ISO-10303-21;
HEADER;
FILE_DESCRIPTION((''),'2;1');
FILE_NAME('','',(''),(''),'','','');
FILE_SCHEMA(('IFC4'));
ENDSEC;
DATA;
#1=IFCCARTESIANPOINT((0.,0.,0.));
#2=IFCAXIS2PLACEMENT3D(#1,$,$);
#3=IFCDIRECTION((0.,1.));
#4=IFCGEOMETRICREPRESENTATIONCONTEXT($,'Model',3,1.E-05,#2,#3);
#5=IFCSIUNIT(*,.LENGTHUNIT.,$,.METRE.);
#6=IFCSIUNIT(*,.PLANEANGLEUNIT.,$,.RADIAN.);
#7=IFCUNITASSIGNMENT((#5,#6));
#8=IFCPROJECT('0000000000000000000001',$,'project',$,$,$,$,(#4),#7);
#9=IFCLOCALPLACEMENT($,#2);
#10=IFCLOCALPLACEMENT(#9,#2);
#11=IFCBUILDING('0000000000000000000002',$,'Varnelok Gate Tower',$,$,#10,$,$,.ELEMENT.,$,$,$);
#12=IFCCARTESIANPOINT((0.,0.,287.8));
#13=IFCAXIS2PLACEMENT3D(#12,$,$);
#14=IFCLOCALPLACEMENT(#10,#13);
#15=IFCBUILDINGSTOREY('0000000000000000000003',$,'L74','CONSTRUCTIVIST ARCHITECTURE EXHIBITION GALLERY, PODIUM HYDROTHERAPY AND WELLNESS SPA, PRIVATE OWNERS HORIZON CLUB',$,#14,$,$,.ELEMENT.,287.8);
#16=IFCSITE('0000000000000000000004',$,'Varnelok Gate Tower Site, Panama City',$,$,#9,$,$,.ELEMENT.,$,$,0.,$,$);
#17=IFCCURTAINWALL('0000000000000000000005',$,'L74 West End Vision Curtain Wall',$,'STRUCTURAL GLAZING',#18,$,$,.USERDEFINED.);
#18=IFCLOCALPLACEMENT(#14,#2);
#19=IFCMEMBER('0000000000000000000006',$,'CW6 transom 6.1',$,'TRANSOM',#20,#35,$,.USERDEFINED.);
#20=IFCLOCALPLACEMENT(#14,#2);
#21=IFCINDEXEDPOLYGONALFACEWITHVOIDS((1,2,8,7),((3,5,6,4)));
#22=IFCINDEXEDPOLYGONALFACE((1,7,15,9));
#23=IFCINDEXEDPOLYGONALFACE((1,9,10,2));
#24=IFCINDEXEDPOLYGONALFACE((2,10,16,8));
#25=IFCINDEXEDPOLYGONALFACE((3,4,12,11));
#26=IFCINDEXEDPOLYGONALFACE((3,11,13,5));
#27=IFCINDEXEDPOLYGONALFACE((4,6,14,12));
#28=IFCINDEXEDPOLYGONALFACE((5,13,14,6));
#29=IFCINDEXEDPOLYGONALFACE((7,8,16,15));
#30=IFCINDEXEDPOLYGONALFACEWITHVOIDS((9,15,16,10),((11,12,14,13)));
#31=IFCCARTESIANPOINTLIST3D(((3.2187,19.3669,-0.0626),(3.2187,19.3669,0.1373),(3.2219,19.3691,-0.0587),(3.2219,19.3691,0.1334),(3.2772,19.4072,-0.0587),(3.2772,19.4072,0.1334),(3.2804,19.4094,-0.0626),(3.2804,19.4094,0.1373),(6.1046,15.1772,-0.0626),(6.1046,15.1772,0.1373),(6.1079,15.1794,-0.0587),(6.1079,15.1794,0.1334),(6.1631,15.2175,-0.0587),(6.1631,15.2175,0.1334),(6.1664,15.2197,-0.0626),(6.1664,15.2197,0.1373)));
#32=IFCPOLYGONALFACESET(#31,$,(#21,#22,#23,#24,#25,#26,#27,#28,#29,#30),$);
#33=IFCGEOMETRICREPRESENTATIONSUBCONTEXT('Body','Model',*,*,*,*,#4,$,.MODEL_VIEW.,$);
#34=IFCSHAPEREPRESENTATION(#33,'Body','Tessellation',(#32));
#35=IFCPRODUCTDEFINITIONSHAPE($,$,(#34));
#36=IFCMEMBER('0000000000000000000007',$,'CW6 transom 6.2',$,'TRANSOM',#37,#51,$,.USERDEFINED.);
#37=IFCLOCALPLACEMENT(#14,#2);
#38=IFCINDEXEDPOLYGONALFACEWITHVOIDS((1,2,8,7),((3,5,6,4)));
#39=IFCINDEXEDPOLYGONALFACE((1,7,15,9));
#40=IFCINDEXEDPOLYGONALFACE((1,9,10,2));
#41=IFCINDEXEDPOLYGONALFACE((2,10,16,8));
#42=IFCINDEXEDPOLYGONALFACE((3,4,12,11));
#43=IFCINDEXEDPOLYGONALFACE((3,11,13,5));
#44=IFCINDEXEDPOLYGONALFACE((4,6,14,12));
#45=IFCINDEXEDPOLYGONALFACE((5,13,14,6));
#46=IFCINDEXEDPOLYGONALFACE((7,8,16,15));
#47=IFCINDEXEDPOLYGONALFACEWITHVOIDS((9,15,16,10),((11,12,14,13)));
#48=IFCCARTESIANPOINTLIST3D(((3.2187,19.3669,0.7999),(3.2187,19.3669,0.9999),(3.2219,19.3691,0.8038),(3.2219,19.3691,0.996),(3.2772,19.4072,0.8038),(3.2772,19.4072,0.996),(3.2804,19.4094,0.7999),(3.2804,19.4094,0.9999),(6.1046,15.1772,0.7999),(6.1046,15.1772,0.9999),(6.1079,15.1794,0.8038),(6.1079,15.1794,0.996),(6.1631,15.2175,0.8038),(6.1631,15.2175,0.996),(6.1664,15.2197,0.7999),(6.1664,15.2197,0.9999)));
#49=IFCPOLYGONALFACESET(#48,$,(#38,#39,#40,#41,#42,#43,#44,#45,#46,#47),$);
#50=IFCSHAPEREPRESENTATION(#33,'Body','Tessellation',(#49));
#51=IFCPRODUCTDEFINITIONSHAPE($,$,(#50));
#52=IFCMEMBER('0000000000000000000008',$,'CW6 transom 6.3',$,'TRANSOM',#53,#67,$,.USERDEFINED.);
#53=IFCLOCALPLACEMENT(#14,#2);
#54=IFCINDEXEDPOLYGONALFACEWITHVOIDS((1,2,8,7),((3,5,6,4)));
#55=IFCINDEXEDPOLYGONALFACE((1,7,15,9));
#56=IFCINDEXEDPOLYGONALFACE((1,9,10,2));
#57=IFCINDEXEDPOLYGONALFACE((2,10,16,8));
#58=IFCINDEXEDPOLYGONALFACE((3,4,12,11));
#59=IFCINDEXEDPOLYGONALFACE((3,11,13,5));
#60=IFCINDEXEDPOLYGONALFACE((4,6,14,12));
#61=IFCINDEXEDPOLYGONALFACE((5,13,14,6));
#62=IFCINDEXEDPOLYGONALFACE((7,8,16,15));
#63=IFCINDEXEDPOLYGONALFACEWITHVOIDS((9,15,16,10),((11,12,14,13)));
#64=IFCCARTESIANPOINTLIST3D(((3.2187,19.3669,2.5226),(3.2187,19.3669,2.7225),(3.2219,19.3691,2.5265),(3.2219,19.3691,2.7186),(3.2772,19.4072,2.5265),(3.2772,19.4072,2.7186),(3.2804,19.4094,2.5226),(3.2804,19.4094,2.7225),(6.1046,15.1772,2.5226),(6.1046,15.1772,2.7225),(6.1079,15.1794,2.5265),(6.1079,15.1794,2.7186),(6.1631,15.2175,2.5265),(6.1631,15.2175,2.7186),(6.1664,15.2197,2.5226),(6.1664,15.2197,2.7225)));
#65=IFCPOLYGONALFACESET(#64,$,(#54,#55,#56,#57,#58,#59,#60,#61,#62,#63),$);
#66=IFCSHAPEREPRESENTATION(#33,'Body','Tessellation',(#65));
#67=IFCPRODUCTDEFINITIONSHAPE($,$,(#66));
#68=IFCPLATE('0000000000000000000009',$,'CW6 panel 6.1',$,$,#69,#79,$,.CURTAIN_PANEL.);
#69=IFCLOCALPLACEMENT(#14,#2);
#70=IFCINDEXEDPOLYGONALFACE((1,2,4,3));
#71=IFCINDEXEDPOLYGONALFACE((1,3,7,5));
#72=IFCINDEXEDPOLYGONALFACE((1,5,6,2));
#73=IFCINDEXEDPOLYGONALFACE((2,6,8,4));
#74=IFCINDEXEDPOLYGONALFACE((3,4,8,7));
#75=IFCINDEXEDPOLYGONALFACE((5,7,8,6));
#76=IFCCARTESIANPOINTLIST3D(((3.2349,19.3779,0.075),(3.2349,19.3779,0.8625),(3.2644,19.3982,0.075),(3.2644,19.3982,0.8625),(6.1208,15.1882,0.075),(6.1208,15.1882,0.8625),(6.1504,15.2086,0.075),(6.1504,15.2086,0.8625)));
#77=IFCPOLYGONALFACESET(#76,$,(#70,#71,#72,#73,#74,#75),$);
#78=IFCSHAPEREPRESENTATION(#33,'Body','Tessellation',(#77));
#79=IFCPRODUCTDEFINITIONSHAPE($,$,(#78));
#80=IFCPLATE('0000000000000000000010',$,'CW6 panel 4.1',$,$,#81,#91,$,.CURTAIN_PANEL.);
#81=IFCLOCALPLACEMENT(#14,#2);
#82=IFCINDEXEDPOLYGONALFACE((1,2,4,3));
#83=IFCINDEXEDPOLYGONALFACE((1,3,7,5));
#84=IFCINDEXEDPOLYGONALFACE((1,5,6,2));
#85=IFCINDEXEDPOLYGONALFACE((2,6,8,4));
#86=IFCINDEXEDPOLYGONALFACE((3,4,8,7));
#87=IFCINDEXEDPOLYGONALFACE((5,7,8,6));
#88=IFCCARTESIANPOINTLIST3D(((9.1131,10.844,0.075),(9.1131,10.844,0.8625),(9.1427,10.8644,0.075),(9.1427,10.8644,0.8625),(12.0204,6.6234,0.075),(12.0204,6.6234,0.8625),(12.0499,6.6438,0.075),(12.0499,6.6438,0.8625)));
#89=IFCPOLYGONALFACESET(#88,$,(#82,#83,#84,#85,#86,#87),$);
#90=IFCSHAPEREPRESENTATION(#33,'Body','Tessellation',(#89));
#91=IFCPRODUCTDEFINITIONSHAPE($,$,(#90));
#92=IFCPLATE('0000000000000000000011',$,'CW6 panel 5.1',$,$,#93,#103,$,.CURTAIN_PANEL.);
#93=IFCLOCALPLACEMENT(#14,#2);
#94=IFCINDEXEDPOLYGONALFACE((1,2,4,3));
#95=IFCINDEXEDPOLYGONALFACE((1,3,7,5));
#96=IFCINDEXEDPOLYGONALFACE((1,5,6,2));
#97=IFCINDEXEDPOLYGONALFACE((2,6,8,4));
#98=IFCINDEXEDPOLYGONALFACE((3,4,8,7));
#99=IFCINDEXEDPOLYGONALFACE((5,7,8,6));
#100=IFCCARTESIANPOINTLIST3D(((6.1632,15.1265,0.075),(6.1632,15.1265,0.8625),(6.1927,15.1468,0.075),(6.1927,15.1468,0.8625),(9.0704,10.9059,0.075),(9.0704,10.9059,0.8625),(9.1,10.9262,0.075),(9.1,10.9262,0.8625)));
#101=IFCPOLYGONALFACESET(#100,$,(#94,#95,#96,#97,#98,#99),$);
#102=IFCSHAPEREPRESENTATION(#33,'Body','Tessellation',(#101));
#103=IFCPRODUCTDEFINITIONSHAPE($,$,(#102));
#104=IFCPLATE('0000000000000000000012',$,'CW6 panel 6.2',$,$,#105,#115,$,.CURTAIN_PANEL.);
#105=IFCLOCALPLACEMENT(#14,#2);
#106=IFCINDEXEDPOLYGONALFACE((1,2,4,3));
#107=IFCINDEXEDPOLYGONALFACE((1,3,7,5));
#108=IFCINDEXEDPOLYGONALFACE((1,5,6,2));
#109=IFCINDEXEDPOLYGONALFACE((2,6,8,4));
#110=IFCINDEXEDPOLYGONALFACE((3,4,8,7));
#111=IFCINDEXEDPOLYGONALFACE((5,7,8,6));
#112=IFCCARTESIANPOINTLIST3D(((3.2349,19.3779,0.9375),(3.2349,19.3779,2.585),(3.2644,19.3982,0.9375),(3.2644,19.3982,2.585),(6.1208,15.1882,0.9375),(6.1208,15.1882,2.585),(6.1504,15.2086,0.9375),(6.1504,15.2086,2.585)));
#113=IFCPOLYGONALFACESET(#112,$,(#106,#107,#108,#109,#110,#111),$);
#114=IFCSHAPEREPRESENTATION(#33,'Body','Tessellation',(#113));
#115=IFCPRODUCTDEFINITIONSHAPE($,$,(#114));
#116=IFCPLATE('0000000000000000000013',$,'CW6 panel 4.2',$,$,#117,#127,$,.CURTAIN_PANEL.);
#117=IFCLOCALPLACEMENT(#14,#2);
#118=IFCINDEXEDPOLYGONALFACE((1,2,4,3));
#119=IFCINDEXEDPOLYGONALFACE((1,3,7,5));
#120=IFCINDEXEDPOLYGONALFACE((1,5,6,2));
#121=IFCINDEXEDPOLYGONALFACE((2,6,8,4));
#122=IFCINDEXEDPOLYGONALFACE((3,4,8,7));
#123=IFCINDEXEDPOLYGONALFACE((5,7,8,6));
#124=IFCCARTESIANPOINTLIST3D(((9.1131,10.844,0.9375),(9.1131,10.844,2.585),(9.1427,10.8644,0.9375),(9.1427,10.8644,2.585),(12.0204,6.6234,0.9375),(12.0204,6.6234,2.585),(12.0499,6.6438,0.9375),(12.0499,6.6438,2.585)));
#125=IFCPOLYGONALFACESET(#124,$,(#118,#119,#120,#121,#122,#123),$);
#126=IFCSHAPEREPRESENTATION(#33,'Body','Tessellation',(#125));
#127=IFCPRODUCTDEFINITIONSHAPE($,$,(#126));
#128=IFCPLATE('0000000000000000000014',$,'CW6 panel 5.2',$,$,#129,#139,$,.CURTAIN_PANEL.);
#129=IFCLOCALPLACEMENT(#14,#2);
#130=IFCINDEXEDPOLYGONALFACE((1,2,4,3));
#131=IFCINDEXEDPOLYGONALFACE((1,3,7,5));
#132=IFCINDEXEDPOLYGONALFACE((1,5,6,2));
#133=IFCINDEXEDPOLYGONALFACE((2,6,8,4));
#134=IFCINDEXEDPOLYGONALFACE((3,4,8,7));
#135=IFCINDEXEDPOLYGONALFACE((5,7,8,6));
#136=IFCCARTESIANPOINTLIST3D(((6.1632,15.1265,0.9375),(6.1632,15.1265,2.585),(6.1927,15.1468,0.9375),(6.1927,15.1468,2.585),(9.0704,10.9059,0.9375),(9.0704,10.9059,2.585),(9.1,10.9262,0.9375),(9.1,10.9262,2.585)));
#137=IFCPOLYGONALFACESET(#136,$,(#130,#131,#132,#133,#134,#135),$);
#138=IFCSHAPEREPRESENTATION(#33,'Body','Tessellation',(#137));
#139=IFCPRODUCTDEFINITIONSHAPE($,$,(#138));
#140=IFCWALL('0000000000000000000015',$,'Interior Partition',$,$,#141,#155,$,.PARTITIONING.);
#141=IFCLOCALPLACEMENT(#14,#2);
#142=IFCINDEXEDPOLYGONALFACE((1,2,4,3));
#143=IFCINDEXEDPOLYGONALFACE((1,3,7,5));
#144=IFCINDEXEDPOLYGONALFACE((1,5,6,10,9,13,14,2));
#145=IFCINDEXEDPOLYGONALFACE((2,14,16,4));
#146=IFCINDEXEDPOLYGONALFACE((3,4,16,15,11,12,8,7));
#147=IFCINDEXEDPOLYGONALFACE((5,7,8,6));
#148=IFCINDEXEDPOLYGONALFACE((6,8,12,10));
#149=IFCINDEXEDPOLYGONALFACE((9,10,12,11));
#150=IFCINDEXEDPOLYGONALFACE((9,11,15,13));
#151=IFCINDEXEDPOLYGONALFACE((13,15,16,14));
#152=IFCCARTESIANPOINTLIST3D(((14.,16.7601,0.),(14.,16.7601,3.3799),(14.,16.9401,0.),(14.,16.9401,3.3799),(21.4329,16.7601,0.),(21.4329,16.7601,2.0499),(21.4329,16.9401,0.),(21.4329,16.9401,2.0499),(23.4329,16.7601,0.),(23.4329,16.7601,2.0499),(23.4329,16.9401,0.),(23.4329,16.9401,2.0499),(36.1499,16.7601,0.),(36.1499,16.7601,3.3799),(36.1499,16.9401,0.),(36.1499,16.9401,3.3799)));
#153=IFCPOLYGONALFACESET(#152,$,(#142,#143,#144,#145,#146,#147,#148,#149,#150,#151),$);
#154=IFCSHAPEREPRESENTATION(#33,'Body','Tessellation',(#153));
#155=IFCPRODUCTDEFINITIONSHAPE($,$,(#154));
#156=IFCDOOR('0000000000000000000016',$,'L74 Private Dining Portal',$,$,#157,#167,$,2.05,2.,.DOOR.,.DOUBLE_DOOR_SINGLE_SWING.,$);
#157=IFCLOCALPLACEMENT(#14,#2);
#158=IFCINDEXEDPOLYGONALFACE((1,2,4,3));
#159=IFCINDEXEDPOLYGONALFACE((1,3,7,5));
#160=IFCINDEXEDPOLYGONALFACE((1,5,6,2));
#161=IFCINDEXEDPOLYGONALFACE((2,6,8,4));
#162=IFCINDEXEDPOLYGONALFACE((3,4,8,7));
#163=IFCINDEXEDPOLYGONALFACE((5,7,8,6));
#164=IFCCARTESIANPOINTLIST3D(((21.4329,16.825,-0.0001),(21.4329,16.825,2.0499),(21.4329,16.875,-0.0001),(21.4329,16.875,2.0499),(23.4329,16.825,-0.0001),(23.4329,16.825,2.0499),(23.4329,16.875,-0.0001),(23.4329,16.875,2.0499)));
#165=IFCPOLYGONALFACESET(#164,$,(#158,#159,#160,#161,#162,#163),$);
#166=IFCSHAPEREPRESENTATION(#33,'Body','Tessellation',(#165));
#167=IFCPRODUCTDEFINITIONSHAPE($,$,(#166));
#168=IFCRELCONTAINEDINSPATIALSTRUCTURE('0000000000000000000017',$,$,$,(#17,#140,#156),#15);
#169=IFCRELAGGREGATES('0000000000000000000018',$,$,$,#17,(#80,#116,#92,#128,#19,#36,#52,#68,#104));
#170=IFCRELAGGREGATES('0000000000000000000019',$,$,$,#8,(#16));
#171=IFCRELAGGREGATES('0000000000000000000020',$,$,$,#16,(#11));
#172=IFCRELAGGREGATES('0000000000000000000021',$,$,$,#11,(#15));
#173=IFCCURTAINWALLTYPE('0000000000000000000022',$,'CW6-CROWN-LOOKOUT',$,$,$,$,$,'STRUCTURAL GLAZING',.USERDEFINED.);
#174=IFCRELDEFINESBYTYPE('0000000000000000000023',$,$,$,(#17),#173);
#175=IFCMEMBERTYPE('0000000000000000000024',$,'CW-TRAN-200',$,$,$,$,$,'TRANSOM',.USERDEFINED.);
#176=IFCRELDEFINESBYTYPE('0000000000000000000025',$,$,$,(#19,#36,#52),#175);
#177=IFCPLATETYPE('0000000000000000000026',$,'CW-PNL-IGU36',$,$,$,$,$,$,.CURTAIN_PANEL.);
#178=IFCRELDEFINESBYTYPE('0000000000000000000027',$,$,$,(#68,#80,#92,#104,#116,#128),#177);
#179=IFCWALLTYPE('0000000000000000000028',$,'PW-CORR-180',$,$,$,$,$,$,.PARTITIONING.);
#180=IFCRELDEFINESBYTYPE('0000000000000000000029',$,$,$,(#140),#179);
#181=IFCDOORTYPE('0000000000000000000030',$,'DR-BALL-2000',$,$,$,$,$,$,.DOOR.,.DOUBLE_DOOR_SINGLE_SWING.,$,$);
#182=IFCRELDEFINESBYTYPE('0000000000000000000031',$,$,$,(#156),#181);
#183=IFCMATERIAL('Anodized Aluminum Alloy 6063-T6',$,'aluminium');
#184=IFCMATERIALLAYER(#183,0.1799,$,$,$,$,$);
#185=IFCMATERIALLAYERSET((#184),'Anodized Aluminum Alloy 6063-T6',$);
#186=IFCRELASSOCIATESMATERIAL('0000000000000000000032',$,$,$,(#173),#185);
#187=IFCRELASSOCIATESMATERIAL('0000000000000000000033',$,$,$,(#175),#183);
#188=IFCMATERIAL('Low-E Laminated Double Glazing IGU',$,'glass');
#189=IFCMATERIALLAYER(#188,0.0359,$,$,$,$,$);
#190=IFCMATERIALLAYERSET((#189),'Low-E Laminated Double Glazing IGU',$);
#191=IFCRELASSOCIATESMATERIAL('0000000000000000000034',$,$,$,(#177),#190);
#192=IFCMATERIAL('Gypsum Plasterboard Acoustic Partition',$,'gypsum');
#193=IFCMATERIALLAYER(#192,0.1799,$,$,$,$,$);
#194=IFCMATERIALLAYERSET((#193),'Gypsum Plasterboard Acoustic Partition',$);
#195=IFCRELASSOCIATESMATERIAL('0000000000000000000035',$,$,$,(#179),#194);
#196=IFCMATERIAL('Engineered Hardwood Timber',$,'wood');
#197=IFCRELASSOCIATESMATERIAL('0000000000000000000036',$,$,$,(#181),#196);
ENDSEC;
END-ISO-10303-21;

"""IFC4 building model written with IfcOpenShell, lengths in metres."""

from ifc_helpers import new_model, si_unit, direction, frame, frame_2d, origin, origin_2d, place, context, subcontext, project, spatial, rectangle, hollow_rectangle, extrude, source, transform, mapped, material, layer, layer_set, material_profile, profile_set, type_object, element, fill, aggregate, save


model = new_model("IFC4")

# Units and contexts
model_context = context("Model", 3, precision=1e-05, world=origin(), true_north=direction((0.0, 1.0)))
body_context = subcontext(model_context, "Body", "Model", "MODEL_VIEW")
ifc_project = project(units=[si_unit("LENGTHUNIT", "METRE"), si_unit("PLANEANGLEUNIT", "RADIAN")], contexts=[model_context])

# Site, building, storey
site_placement = place(None, origin())
site = spatial("IfcSite", under=ifc_project, at=site_placement, Name="Varnelok Gate Tower Site, Panama City", CompositionType="ELEMENT", RefElevation=0.0)
building_placement = place(site_placement, origin())
building = spatial("IfcBuilding", under=site, at=building_placement, Name="Varnelok Gate Tower", CompositionType="ELEMENT")
storey_placement = place(building_placement, frame((0.0, 0.0, 287.8)))
storey = spatial("IfcBuildingStorey", under=building, at=storey_placement, Name="L74", Description="CONSTRUCTIVIST ARCHITECTURE EXHIBITION GALLERY, PODIUM HYDROTHERAPY AND WELLNESS SPA, PRIVATE OWNERS HORIZON CLUB", CompositionType="ELEMENT", Elevation=287.8)

# Curtain wall, members, plates
ifc_material_1 = material(Name="Anodized Aluminum Alloy 6063-T6", Category="aluminium")
ifc_layer_1 = layer(ifc_material_1, 0.1799)
ifc_layer_set_1 = layer_set([ifc_layer_1], Name="Anodized Aluminum Alloy 6063-T6")
curtain_wall_type = type_object("IfcCurtainWallType", Name="CW6-CROWN-LOOKOUT", ElementType="STRUCTURAL GLAZING", PredefinedType="USERDEFINED", material=ifc_layer_set_1)
curtain_wall_placement = place(storey_placement, origin())
curtain_wall = element("IfcCurtainWall", 1, at=curtain_wall_placement, inside=storey, type_object=curtain_wall_type, Name="L74 West End Vision Curtain Wall", ObjectType="STRUCTURAL GLAZING", PredefinedType="USERDEFINED")
ifc_material_profile_1 = material_profile(ifc_material_1, hollow_rectangle(XDim=0.075, YDim=0.2, WallThickness=0.0039, at=origin_2d()), Name="ALU200X75X4")
ifc_profile_set_1 = profile_set([ifc_material_profile_1], Name="Anodized Aluminum Alloy 6063-T6")
member_type_1 = type_object("IfcMemberType", Name="CW-TRAN-200", ElementType="TRANSOM", PredefinedType="USERDEFINED", material=ifc_profile_set_1)
member_1_placement = place(storey_placement, frame((6.1355, 15.1985, 0.0374), z_axis=(-0.567272, 0.823531, 0.0), x_axis=(-0.823531, -0.567272, 0.0)))
member_1 = element("IfcMember", 2, at=member_1_placement, type_object=member_type_1, Name="CW6 transom 6.1", ObjectType="TRANSOM", PredefinedType="USERDEFINED", context=body_context, shape_type="SweptSolid", body=[
    extrude(hollow_rectangle(XDim=0.075, YDim=0.2, WallThickness=0.0039, at=origin_2d()), origin(), (0.0, 0.0, 1.0), 5.0874),
])
member_2_placement = place(storey_placement, frame((6.1355, 15.1985, 0.8999), z_axis=(-0.567272, 0.823531, 0.0), x_axis=(-0.823531, -0.567272, 0.0)))
member_2 = element("IfcMember", 3, at=member_2_placement, type_object=member_type_1, Name="CW6 transom 6.2", ObjectType="TRANSOM", PredefinedType="USERDEFINED", context=body_context, shape_type="SweptSolid", body=[
    extrude(hollow_rectangle(XDim=0.075, YDim=0.2, WallThickness=0.0039, at=origin_2d()), origin(), (0.0, 0.0, 1.0), 5.0874),
])
member_3_placement = place(storey_placement, frame((6.1355, 15.1985, 2.6226), z_axis=(-0.567272, 0.823531, 0.0), x_axis=(-0.823531, -0.567272, 0.0)))
member_3 = element("IfcMember", 4, at=member_3_placement, type_object=member_type_1, Name="CW6 transom 6.3", ObjectType="TRANSOM", PredefinedType="USERDEFINED", context=body_context, shape_type="SweptSolid", body=[
    extrude(hollow_rectangle(XDim=0.075, YDim=0.2, WallThickness=0.0039, at=origin_2d()), origin(), (0.0, 0.0, 1.0), 5.0874),
])
ifc_material_2 = material(Name="Low-E Laminated Double Glazing IGU", Category="glass")
ifc_layer_2 = layer(ifc_material_2, 0.0359)
ifc_layer_set_2 = layer_set([ifc_layer_2], Name="Low-E Laminated Double Glazing IGU")
plate_type = type_object("IfcPlateType", Name="CW-PNL-IGU36", PredefinedType="CURTAIN_PANEL", material=ifc_layer_set_2)
shared_shape_1 = source(origin(), body_context, "Body", "SweptSolid", [
    extrude(rectangle(XDim=5.0874, YDim=0.0359, at=origin_2d()), origin(), (0.0, 0.0, 1.0), 0.7876),
])
plate_1_placement = place(storey_placement, frame((4.6926, 17.2932, 0.075), z_axis=(0.0, 0.0, 1.0), x_axis=(-0.567269, 0.823532, 0.0)))
plate_1 = element("IfcPlate", 5, at=plate_1_placement, type_object=plate_type, Name="CW6 panel 6.1", PredefinedType="CURTAIN_PANEL", context=body_context, shape_type="MappedRepresentation", body=[
    mapped(shared_shape_1, transform((0.0, 0.0, 0.0), scale=1.0)),
])
shared_shape_2 = source(origin(), body_context, "Body", "SweptSolid", [
    extrude(rectangle(XDim=5.125, YDim=0.0359, at=origin_2d()), origin(), (0.0, 0.0, 1.0), 0.7876),
])
plate_2_placement = place(storey_placement, frame((10.5815, 8.7439, 0.075), z_axis=(0.0, 0.0, 1.0), x_axis=(-0.567269, 0.823532, 0.0)))
plate_2 = element("IfcPlate", 6, at=plate_2_placement, type_object=plate_type, Name="CW6 panel 4.1", PredefinedType="CURTAIN_PANEL", context=body_context, shape_type="MappedRepresentation", body=[
    mapped(shared_shape_2, transform((0.0, 0.0, 0.0), scale=1.0)),
])
plate_3_placement = place(storey_placement, frame((7.6316, 13.0264, 0.075), z_axis=(0.0, 0.0, 1.0), x_axis=(-0.567269, 0.823532, 0.0)))
plate_3 = element("IfcPlate", 7, at=plate_3_placement, type_object=plate_type, Name="CW6 panel 5.1", PredefinedType="CURTAIN_PANEL", context=body_context, shape_type="MappedRepresentation", body=[
    mapped(shared_shape_2, transform((0.0, 0.0, 0.0), scale=1.0)),
])
shared_shape_3 = source(origin(), body_context, "Body", "SweptSolid", [
    extrude(rectangle(XDim=5.0874, YDim=0.0359, at=origin_2d()), origin(), (0.0, 0.0, 1.0), 1.6475),
])
plate_4_placement = place(storey_placement, frame((4.6926, 17.2932, 0.9375), z_axis=(0.0, 0.0, 1.0), x_axis=(-0.567269, 0.823532, 0.0)))
plate_4 = element("IfcPlate", 8, at=plate_4_placement, type_object=plate_type, Name="CW6 panel 6.2", PredefinedType="CURTAIN_PANEL", context=body_context, shape_type="MappedRepresentation", body=[
    mapped(shared_shape_3, transform((0.0, 0.0, 0.0), scale=1.0)),
])
shared_shape_4 = source(origin(), body_context, "Body", "SweptSolid", [
    extrude(rectangle(XDim=5.125, YDim=0.0359, at=origin_2d()), origin(), (0.0, 0.0, 1.0), 1.6475),
])
plate_5_placement = place(storey_placement, frame((10.5815, 8.7439, 0.9375), z_axis=(0.0, 0.0, 1.0), x_axis=(-0.567269, 0.823532, 0.0)))
plate_5 = element("IfcPlate", 9, at=plate_5_placement, type_object=plate_type, Name="CW6 panel 4.2", PredefinedType="CURTAIN_PANEL", context=body_context, shape_type="MappedRepresentation", body=[
    mapped(shared_shape_4, transform((0.0, 0.0, 0.0), scale=1.0)),
])
plate_6_placement = place(storey_placement, frame((7.6316, 13.0264, 0.9375), z_axis=(0.0, 0.0, 1.0), x_axis=(-0.567269, 0.823532, 0.0)))
plate_6 = element("IfcPlate", 10, at=plate_6_placement, type_object=plate_type, Name="CW6 panel 5.2", PredefinedType="CURTAIN_PANEL", context=body_context, shape_type="MappedRepresentation", body=[
    mapped(shared_shape_4, transform((0.0, 0.0, 0.0), scale=1.0)),
])
aggregate(curtain_wall, [plate_2, plate_5, plate_3, plate_6, member_1, member_2, member_3, plate_1, plate_4])

# Wall, opening, door
ifc_material_3 = material(Name="Gypsum Plasterboard Acoustic Partition", Category="gypsum")
ifc_layer_3 = layer(ifc_material_3, 0.1799)
ifc_layer_set_3 = layer_set([ifc_layer_3], Name="Gypsum Plasterboard Acoustic Partition")
wall_type = type_object("IfcWallType", Name="PW-CORR-180", PredefinedType="PARTITIONING", material=ifc_layer_set_3)
wall_placement = place(storey_placement, frame((14.0, 16.8501, 0.0), z_axis=(0.0, 0.0, 1.0), x_axis=(1.0, 0.0, 0.0)))
wall = element("IfcWall", 11, at=wall_placement, inside=storey, type_object=wall_type, Name="Interior Partition", PredefinedType="PARTITIONING", context=body_context, shape_type="SweptSolid", body=[
    extrude(rectangle(XDim=22.1499, YDim=0.1799, at=frame_2d((11.075, 0.0))), origin(), (0.0, 0.0, 1.0), 3.3799),
])
opening_placement = place(wall_placement, frame((7.4329, 0.0, 0.0)))
opening = element("IfcOpeningElement", 12, at=opening_placement, cuts=wall, PredefinedType="OPENING", context=body_context, shape_type="SweptSolid", body=[
    extrude(rectangle(XDim=2.0, YDim=2.05, at=frame_2d((1.0, 1.0249))), frame((0.0, 0.0999, 0.0), z_axis=(0.0, -1.0, 0.0), x_axis=(1.0, 0.0, 0.0)), (0.0, 0.0, 1.0), 0.2),
])
ifc_material_4 = material(Name="Engineered Hardwood Timber", Category="wood")
door_type = type_object("IfcDoorType", Name="DR-BALL-2000", OperationType="DOUBLE_DOOR_SINGLE_SWING", PredefinedType="DOOR", material=ifc_material_4)
door_placement = place(opening_placement, origin())
door = element("IfcDoor", 13, at=door_placement, inside=storey, type_object=door_type, Name="L74 Private Dining Portal", OperationType="DOUBLE_DOOR_SINGLE_SWING", OverallHeight=2.05, OverallWidth=2.0, PredefinedType="DOOR", context=body_context, shape_type="SweptSolid", body=[
    extrude(rectangle(XDim=2.0, YDim=2.05, at=frame_2d((1.0, 1.0249))), frame((0.0, 0.0249, 0.0), z_axis=(0.0, -1.0, 0.0), x_axis=(1.0, 0.0, 0.0)), (0.0, 0.0, 1.0), 0.05),
])
fill(opening, door)

save(model, "model.ifc")
